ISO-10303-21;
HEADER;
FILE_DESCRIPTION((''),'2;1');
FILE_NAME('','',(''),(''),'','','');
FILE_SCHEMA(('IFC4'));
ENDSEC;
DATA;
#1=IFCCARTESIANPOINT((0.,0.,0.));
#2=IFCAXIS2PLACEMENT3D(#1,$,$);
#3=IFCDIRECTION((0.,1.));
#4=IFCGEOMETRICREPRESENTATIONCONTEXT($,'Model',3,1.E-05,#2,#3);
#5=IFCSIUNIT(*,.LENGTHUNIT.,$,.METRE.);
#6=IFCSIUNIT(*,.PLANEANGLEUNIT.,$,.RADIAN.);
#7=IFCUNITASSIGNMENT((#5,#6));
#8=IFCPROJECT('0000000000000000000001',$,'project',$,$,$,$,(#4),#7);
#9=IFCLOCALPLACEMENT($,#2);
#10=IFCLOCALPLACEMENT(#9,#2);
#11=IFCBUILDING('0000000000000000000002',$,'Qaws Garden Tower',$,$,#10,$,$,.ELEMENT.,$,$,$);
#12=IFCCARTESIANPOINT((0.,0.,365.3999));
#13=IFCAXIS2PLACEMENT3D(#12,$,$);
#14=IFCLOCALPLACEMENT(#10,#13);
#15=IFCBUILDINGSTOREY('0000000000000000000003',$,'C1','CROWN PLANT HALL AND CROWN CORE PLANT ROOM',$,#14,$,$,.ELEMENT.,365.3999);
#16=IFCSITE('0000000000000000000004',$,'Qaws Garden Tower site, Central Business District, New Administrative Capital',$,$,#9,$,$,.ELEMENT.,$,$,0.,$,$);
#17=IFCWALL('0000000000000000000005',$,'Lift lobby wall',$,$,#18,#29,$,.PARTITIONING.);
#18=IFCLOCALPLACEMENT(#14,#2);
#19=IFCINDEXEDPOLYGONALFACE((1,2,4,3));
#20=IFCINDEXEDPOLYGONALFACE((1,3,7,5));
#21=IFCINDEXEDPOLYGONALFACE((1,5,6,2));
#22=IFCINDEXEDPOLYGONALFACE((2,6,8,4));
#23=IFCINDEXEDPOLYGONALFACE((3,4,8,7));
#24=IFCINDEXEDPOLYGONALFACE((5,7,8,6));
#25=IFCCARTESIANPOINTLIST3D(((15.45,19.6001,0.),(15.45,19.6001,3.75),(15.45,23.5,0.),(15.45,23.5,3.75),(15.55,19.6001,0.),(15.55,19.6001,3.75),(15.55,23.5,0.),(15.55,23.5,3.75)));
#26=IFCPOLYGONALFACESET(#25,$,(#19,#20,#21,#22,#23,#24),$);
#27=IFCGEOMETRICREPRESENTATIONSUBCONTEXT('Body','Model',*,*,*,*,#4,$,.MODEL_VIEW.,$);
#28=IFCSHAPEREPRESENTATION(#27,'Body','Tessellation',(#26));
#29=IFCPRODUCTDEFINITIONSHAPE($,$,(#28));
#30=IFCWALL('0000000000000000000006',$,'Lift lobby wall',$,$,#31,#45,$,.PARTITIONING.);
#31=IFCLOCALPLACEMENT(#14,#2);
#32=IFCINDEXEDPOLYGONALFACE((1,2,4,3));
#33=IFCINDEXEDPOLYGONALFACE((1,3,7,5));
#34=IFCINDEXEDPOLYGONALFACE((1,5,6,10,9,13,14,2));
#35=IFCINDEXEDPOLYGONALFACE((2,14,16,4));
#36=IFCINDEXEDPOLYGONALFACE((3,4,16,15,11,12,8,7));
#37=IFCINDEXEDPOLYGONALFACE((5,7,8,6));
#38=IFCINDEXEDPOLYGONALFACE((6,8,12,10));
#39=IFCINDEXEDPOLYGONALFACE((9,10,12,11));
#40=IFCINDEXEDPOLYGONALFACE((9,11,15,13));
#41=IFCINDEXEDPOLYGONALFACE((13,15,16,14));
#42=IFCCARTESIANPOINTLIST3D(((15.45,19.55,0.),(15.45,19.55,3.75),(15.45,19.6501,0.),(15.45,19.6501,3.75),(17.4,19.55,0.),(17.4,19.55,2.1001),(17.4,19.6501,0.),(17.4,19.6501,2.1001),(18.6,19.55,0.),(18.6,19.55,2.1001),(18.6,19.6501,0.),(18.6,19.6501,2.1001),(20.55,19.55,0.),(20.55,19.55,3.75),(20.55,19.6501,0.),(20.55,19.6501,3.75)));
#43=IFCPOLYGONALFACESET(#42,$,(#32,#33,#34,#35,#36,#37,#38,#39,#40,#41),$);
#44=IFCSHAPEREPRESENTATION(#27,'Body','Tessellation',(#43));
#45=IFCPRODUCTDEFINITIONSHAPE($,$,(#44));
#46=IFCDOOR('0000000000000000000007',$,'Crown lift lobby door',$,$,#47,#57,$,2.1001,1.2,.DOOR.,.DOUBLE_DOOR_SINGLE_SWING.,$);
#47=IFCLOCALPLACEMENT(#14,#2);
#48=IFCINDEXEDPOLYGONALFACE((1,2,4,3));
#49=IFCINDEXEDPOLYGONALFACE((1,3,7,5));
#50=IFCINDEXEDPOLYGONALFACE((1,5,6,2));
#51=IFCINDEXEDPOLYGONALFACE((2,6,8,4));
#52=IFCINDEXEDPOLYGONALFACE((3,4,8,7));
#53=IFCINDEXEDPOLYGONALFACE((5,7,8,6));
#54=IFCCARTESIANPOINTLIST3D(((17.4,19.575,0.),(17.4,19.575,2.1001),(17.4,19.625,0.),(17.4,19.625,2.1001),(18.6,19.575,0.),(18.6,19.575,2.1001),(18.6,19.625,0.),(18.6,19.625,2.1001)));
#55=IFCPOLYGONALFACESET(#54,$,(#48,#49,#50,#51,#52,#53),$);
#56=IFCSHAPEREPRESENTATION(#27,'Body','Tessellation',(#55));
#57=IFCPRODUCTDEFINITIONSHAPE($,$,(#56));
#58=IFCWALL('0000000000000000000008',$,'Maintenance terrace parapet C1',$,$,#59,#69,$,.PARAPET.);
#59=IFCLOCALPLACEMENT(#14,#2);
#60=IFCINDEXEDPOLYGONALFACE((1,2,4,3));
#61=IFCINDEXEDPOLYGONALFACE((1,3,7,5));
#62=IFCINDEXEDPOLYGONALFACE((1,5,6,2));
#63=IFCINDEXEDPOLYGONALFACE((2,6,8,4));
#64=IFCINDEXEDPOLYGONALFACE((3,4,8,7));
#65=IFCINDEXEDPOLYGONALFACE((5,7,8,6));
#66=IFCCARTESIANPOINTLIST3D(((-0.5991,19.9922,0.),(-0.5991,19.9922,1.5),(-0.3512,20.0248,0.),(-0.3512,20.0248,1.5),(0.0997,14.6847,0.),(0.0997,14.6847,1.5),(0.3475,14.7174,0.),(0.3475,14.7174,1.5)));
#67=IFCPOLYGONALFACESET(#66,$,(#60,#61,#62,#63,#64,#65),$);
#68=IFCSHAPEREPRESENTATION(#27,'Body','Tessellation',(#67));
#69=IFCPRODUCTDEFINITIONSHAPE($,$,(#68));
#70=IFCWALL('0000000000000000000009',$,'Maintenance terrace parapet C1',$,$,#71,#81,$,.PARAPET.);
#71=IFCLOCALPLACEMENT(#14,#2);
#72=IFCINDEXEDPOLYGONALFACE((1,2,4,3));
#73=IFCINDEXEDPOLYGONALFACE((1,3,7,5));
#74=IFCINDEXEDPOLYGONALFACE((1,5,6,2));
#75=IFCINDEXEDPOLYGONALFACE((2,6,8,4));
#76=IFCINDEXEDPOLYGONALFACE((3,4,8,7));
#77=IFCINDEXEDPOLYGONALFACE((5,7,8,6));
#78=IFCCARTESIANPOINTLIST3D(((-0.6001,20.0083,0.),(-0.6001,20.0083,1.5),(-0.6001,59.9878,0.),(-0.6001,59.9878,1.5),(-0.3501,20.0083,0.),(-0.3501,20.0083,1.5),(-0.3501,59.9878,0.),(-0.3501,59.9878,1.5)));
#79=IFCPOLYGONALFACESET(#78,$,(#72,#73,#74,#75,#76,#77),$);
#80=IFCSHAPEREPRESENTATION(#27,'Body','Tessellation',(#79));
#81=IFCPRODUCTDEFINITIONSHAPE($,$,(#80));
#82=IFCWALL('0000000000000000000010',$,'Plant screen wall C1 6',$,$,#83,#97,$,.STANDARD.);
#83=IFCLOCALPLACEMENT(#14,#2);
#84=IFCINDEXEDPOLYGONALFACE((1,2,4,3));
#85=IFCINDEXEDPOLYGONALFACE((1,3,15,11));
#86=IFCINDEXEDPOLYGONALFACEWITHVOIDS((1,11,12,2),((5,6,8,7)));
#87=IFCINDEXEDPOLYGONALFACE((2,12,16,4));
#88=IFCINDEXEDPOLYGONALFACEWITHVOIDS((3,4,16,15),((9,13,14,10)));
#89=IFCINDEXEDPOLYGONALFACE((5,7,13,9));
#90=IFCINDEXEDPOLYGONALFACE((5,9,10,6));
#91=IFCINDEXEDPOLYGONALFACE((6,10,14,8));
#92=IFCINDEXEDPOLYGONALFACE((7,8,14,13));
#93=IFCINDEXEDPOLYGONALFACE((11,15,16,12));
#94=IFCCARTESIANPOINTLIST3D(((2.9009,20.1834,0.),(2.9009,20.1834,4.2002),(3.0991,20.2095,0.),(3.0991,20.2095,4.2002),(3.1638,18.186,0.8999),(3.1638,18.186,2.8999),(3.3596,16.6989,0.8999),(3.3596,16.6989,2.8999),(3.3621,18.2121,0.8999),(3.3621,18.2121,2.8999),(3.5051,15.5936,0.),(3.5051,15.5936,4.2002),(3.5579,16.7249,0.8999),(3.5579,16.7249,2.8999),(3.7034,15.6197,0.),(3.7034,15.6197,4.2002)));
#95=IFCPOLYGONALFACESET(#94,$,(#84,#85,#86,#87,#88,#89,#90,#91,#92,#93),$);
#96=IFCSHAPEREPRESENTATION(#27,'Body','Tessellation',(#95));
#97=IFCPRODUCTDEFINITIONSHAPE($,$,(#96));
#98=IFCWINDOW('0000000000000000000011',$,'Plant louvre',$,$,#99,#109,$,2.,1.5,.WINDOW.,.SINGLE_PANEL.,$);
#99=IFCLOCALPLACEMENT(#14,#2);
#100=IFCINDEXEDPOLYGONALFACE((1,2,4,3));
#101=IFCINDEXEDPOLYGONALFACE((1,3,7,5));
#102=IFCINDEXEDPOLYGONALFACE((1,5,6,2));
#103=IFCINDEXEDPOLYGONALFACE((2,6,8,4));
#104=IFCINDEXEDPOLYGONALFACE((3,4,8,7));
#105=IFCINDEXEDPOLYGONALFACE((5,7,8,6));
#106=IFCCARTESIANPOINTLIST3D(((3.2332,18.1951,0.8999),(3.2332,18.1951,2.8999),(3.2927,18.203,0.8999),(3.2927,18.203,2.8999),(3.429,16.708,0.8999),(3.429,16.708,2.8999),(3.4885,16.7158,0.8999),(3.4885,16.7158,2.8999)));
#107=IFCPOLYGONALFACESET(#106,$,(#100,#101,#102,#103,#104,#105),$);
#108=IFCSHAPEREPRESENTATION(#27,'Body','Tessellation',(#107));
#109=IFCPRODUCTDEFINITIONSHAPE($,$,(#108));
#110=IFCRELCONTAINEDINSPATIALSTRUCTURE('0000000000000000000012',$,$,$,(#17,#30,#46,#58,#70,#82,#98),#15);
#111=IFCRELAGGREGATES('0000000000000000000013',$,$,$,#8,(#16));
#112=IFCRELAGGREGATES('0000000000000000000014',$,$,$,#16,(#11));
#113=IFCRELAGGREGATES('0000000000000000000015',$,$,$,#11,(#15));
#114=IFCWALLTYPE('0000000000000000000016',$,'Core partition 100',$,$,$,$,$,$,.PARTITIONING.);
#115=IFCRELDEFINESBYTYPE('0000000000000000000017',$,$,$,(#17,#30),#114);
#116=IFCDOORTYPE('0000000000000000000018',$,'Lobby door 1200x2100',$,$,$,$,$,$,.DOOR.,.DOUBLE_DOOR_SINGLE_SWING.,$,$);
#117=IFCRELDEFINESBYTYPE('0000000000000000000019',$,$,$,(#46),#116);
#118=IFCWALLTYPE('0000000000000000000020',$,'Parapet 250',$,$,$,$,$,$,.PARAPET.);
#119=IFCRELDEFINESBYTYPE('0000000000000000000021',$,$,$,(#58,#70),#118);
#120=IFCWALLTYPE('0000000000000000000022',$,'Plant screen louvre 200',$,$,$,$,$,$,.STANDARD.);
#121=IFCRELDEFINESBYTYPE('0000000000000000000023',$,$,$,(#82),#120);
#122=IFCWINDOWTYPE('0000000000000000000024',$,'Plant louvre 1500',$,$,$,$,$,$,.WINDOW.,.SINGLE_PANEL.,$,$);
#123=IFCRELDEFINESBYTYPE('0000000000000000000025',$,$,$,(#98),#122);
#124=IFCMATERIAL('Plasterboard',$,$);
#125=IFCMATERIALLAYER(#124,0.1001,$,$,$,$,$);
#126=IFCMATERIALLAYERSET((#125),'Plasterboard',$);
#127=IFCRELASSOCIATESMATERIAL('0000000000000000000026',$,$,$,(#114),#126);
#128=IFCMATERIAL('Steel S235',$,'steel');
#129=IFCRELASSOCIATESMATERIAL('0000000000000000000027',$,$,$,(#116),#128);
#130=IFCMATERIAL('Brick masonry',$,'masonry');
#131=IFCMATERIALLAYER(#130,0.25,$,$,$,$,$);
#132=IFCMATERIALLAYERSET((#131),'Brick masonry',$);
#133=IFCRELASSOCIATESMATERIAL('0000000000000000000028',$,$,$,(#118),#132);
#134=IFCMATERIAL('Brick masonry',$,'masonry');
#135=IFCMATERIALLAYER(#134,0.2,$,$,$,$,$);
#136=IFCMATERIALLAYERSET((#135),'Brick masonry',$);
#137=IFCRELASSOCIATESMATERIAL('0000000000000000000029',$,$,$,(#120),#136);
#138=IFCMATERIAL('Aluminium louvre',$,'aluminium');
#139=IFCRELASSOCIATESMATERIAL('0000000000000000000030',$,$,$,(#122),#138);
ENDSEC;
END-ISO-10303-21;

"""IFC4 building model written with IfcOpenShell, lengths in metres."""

from ifc_helpers import new_model, si_unit, direction, frame, frame_2d, origin, place, context, subcontext, project, spatial, rectangle, extrude, material, layer, layer_set, type_object, element, fill, save


model = new_model("IFC4")

# Units and contexts
model_context = context("Model", 3, precision=1e-05, world=origin(), true_north=direction((0.0, 1.0)))
body_context = subcontext(model_context, "Body", "Model", "MODEL_VIEW")
ifc_project = project(units=[si_unit("LENGTHUNIT", "METRE"), si_unit("PLANEANGLEUNIT", "RADIAN")], contexts=[model_context])

# Site, building, storey
site_placement = place(None, origin())
site = spatial("IfcSite", under=ifc_project, at=site_placement, Name="Qaws Garden Tower site, Central Business District, New Administrative Capital", CompositionType="ELEMENT", RefElevation=0.0)
building_placement = place(site_placement, origin())
building = spatial("IfcBuilding", under=site, at=building_placement, Name="Qaws Garden Tower", CompositionType="ELEMENT")
storey_placement = place(building_placement, frame((0.0, 0.0, 365.3999)))
storey = spatial("IfcBuildingStorey", under=building, at=storey_placement, Name="C1", Description="CROWN PLANT HALL AND CROWN CORE PLANT ROOM", CompositionType="ELEMENT", Elevation=365.3999)

# Wall
ifc_material_1 = material(Name="Plasterboard")
ifc_layer_1 = layer(ifc_material_1, 0.1001)
ifc_layer_set_1 = layer_set([ifc_layer_1], Name="Plasterboard")
wall_type_1 = type_object("IfcWallType", Name="Core partition 100", PredefinedType="PARTITIONING", material=ifc_layer_set_1)
wall_1_placement = place(storey_placement, frame((15.5, 19.6001, 0.0), z_axis=(0.0, 0.0, 1.0), x_axis=(0.0, 1.0, 0.0)))
element("IfcWall", 1, at=wall_1_placement, inside=storey, type_object=wall_type_1, Name="Lift lobby wall", PredefinedType="PARTITIONING", context=body_context, shape_type="SweptSolid", body=[
    extrude(rectangle(XDim=3.8999, YDim=0.1001, at=frame_2d((1.95, 0.0))), origin(), (0.0, 0.0, 1.0), 3.75),
])

# Wall, opening, door
wall_2_placement = place(storey_placement, frame((15.45, 19.6001, 0.0), z_axis=(0.0, 0.0, 1.0), x_axis=(1.0, 0.0, 0.0)))
wall_2 = element("IfcWall", 2, at=wall_2_placement, inside=storey, type_object=wall_type_1, Name="Lift lobby wall", PredefinedType="PARTITIONING", context=body_context, shape_type="SweptSolid", body=[
    extrude(rectangle(XDim=5.1001, YDim=0.1001, at=frame_2d((2.55, 0.0))), origin(), (0.0, 0.0, 1.0), 3.75),
])
opening_1_placement = place(wall_2_placement, frame((1.95, 0.0, 0.0)))
opening_1 = element("IfcOpeningElement", 3, at=opening_1_placement, cuts=wall_2, PredefinedType="OPENING", context=body_context, shape_type="SweptSolid", body=[
    extrude(rectangle(XDim=1.2, YDim=2.1001, at=frame_2d((0.6001, 1.05))), frame((0.0, 0.0601, 0.0), z_axis=(0.0, -1.0, 0.0), x_axis=(1.0, 0.0, 0.0)), (0.0, 0.0, 1.0), 0.1201),
])
ifc_material_2 = material(Name="Steel S235", Category="steel")
door_type_1 = type_object("IfcDoorType", Name="Lobby door 1200x2100", OperationType="DOUBLE_DOOR_SINGLE_SWING", PredefinedType="DOOR", material=ifc_material_2)
door_1_placement = place(opening_1_placement, origin())
door_1 = element("IfcDoor", 4, at=door_1_placement, inside=storey, type_object=door_type_1, Name="Crown lift lobby door", OperationType="DOUBLE_DOOR_SINGLE_SWING", OverallHeight=2.1001, OverallWidth=1.2, PredefinedType="DOOR", context=body_context, shape_type="SweptSolid", body=[
    extrude(rectangle(XDim=1.2, YDim=2.1001, at=frame_2d((0.6001, 1.05))), frame((0.0, 0.0249, 0.0), z_axis=(0.0, -1.0, 0.0), x_axis=(1.0, 0.0, 0.0)), (0.0, 0.0, 1.0), 0.05),
])
fill(opening_1, door_1)

# Walls
ifc_material_3 = material(Name="Brick masonry", Category="masonry")
ifc_layer_2 = layer(ifc_material_3, 0.25)
ifc_layer_set_2 = layer_set([ifc_layer_2], Name="Brick masonry")
wall_type_2 = type_object("IfcWallType", Name="Parapet 250", PredefinedType="PARAPET", material=ifc_layer_set_2)
wall_3_placement = place(storey_placement, frame((0.2236, 14.7009, 0.0), z_axis=(0.0, 0.0, 1.0), x_axis=(-0.130526, 0.991445, 0.0)))
element("IfcWall", 5, at=wall_3_placement, inside=storey, type_object=wall_type_2, Name="Maintenance terrace parapet C1", PredefinedType="PARAPET", context=body_context, shape_type="SweptSolid", body=[
    extrude(rectangle(XDim=5.3533, YDim=0.25, at=frame_2d((2.6768, 0.0))), origin(), (0.0, 0.0, 1.0), 1.5),
])
wall_4_placement = place(storey_placement, frame((-0.4751, 20.0083, 0.0), z_axis=(0.0, 0.0, 1.0), x_axis=(0.0, 1.0, 0.0)))
element("IfcWall", 6, at=wall_4_placement, inside=storey, type_object=wall_type_2, Name="Maintenance terrace parapet C1", PredefinedType="PARAPET", context=body_context, shape_type="SweptSolid", body=[
    extrude(rectangle(XDim=39.9795, YDim=0.25, at=frame_2d((19.9897, 0.0))), origin(), (0.0, 0.0, 1.0), 1.5),
])

# Wall, opening, window
ifc_material_4 = material(Name="Brick masonry", Category="masonry")
ifc_layer_3 = layer(ifc_material_4, 0.2)
ifc_layer_set_3 = layer_set([ifc_layer_3], Name="Brick masonry")
wall_type_3 = type_object("IfcWallType", Name="Plant screen louvre 200", PredefinedType="STANDARD", material=ifc_layer_set_3)
wall_5_placement = place(storey_placement, frame((3.6042, 15.6067, 0.0), z_axis=(0.0, 0.0, 1.0), x_axis=(-0.130523, 0.991445, 0.0)))
wall_5 = element("IfcWall", 7, at=wall_5_placement, inside=storey, type_object=wall_type_3, Name="Plant screen wall C1 6", PredefinedType="STANDARD", context=body_context, shape_type="SweptSolid", body=[
    extrude(rectangle(XDim=4.6294, YDim=0.2, at=frame_2d((2.3147, 0.0))), origin(), (0.0, 0.0, 1.0), 4.2002),
])
opening_2_placement = place(wall_5_placement, frame((1.1147, 0.0, 0.8999)))
opening_2 = element("IfcOpeningElement", 8, at=opening_2_placement, cuts=wall_5, PredefinedType="OPENING", context=body_context, shape_type="SweptSolid", body=[
    extrude(rectangle(XDim=1.5, YDim=2.0, at=frame_2d((0.75, 1.0))), frame((0.0, 0.1099, 0.0), z_axis=(0.0, -1.0, 0.0), x_axis=(1.0, 0.0, 0.0)), (0.0, 0.0, 1.0), 0.22),
])
ifc_material_5 = material(Name="Aluminium louvre", Category="aluminium")
window_type = type_object("IfcWindowType", Name="Plant louvre 1500", PartitioningType="SINGLE_PANEL", PredefinedType="WINDOW", material=ifc_material_5)
window_1_placement = place(opening_2_placement, origin())
window_1 = element("IfcWindow", 9, at=window_1_placement, inside=storey, type_object=window_type, Name="Plant louvre", OverallHeight=2.0, OverallWidth=1.5, PartitioningType="SINGLE_PANEL", PredefinedType="WINDOW", context=body_context, shape_type="SweptSolid", body=[
    extrude(rectangle(XDim=1.5, YDim=2.0, at=frame_2d((0.75, 1.0))), frame((0.0, 0.03, 0.0), z_axis=(0.0, -1.0, 0.0), x_axis=(1.0, 0.0, 0.0)), (0.0, 0.0, 1.0), 0.0601),
])
fill(opening_2, window_1)

save(model, "model.ifc")
